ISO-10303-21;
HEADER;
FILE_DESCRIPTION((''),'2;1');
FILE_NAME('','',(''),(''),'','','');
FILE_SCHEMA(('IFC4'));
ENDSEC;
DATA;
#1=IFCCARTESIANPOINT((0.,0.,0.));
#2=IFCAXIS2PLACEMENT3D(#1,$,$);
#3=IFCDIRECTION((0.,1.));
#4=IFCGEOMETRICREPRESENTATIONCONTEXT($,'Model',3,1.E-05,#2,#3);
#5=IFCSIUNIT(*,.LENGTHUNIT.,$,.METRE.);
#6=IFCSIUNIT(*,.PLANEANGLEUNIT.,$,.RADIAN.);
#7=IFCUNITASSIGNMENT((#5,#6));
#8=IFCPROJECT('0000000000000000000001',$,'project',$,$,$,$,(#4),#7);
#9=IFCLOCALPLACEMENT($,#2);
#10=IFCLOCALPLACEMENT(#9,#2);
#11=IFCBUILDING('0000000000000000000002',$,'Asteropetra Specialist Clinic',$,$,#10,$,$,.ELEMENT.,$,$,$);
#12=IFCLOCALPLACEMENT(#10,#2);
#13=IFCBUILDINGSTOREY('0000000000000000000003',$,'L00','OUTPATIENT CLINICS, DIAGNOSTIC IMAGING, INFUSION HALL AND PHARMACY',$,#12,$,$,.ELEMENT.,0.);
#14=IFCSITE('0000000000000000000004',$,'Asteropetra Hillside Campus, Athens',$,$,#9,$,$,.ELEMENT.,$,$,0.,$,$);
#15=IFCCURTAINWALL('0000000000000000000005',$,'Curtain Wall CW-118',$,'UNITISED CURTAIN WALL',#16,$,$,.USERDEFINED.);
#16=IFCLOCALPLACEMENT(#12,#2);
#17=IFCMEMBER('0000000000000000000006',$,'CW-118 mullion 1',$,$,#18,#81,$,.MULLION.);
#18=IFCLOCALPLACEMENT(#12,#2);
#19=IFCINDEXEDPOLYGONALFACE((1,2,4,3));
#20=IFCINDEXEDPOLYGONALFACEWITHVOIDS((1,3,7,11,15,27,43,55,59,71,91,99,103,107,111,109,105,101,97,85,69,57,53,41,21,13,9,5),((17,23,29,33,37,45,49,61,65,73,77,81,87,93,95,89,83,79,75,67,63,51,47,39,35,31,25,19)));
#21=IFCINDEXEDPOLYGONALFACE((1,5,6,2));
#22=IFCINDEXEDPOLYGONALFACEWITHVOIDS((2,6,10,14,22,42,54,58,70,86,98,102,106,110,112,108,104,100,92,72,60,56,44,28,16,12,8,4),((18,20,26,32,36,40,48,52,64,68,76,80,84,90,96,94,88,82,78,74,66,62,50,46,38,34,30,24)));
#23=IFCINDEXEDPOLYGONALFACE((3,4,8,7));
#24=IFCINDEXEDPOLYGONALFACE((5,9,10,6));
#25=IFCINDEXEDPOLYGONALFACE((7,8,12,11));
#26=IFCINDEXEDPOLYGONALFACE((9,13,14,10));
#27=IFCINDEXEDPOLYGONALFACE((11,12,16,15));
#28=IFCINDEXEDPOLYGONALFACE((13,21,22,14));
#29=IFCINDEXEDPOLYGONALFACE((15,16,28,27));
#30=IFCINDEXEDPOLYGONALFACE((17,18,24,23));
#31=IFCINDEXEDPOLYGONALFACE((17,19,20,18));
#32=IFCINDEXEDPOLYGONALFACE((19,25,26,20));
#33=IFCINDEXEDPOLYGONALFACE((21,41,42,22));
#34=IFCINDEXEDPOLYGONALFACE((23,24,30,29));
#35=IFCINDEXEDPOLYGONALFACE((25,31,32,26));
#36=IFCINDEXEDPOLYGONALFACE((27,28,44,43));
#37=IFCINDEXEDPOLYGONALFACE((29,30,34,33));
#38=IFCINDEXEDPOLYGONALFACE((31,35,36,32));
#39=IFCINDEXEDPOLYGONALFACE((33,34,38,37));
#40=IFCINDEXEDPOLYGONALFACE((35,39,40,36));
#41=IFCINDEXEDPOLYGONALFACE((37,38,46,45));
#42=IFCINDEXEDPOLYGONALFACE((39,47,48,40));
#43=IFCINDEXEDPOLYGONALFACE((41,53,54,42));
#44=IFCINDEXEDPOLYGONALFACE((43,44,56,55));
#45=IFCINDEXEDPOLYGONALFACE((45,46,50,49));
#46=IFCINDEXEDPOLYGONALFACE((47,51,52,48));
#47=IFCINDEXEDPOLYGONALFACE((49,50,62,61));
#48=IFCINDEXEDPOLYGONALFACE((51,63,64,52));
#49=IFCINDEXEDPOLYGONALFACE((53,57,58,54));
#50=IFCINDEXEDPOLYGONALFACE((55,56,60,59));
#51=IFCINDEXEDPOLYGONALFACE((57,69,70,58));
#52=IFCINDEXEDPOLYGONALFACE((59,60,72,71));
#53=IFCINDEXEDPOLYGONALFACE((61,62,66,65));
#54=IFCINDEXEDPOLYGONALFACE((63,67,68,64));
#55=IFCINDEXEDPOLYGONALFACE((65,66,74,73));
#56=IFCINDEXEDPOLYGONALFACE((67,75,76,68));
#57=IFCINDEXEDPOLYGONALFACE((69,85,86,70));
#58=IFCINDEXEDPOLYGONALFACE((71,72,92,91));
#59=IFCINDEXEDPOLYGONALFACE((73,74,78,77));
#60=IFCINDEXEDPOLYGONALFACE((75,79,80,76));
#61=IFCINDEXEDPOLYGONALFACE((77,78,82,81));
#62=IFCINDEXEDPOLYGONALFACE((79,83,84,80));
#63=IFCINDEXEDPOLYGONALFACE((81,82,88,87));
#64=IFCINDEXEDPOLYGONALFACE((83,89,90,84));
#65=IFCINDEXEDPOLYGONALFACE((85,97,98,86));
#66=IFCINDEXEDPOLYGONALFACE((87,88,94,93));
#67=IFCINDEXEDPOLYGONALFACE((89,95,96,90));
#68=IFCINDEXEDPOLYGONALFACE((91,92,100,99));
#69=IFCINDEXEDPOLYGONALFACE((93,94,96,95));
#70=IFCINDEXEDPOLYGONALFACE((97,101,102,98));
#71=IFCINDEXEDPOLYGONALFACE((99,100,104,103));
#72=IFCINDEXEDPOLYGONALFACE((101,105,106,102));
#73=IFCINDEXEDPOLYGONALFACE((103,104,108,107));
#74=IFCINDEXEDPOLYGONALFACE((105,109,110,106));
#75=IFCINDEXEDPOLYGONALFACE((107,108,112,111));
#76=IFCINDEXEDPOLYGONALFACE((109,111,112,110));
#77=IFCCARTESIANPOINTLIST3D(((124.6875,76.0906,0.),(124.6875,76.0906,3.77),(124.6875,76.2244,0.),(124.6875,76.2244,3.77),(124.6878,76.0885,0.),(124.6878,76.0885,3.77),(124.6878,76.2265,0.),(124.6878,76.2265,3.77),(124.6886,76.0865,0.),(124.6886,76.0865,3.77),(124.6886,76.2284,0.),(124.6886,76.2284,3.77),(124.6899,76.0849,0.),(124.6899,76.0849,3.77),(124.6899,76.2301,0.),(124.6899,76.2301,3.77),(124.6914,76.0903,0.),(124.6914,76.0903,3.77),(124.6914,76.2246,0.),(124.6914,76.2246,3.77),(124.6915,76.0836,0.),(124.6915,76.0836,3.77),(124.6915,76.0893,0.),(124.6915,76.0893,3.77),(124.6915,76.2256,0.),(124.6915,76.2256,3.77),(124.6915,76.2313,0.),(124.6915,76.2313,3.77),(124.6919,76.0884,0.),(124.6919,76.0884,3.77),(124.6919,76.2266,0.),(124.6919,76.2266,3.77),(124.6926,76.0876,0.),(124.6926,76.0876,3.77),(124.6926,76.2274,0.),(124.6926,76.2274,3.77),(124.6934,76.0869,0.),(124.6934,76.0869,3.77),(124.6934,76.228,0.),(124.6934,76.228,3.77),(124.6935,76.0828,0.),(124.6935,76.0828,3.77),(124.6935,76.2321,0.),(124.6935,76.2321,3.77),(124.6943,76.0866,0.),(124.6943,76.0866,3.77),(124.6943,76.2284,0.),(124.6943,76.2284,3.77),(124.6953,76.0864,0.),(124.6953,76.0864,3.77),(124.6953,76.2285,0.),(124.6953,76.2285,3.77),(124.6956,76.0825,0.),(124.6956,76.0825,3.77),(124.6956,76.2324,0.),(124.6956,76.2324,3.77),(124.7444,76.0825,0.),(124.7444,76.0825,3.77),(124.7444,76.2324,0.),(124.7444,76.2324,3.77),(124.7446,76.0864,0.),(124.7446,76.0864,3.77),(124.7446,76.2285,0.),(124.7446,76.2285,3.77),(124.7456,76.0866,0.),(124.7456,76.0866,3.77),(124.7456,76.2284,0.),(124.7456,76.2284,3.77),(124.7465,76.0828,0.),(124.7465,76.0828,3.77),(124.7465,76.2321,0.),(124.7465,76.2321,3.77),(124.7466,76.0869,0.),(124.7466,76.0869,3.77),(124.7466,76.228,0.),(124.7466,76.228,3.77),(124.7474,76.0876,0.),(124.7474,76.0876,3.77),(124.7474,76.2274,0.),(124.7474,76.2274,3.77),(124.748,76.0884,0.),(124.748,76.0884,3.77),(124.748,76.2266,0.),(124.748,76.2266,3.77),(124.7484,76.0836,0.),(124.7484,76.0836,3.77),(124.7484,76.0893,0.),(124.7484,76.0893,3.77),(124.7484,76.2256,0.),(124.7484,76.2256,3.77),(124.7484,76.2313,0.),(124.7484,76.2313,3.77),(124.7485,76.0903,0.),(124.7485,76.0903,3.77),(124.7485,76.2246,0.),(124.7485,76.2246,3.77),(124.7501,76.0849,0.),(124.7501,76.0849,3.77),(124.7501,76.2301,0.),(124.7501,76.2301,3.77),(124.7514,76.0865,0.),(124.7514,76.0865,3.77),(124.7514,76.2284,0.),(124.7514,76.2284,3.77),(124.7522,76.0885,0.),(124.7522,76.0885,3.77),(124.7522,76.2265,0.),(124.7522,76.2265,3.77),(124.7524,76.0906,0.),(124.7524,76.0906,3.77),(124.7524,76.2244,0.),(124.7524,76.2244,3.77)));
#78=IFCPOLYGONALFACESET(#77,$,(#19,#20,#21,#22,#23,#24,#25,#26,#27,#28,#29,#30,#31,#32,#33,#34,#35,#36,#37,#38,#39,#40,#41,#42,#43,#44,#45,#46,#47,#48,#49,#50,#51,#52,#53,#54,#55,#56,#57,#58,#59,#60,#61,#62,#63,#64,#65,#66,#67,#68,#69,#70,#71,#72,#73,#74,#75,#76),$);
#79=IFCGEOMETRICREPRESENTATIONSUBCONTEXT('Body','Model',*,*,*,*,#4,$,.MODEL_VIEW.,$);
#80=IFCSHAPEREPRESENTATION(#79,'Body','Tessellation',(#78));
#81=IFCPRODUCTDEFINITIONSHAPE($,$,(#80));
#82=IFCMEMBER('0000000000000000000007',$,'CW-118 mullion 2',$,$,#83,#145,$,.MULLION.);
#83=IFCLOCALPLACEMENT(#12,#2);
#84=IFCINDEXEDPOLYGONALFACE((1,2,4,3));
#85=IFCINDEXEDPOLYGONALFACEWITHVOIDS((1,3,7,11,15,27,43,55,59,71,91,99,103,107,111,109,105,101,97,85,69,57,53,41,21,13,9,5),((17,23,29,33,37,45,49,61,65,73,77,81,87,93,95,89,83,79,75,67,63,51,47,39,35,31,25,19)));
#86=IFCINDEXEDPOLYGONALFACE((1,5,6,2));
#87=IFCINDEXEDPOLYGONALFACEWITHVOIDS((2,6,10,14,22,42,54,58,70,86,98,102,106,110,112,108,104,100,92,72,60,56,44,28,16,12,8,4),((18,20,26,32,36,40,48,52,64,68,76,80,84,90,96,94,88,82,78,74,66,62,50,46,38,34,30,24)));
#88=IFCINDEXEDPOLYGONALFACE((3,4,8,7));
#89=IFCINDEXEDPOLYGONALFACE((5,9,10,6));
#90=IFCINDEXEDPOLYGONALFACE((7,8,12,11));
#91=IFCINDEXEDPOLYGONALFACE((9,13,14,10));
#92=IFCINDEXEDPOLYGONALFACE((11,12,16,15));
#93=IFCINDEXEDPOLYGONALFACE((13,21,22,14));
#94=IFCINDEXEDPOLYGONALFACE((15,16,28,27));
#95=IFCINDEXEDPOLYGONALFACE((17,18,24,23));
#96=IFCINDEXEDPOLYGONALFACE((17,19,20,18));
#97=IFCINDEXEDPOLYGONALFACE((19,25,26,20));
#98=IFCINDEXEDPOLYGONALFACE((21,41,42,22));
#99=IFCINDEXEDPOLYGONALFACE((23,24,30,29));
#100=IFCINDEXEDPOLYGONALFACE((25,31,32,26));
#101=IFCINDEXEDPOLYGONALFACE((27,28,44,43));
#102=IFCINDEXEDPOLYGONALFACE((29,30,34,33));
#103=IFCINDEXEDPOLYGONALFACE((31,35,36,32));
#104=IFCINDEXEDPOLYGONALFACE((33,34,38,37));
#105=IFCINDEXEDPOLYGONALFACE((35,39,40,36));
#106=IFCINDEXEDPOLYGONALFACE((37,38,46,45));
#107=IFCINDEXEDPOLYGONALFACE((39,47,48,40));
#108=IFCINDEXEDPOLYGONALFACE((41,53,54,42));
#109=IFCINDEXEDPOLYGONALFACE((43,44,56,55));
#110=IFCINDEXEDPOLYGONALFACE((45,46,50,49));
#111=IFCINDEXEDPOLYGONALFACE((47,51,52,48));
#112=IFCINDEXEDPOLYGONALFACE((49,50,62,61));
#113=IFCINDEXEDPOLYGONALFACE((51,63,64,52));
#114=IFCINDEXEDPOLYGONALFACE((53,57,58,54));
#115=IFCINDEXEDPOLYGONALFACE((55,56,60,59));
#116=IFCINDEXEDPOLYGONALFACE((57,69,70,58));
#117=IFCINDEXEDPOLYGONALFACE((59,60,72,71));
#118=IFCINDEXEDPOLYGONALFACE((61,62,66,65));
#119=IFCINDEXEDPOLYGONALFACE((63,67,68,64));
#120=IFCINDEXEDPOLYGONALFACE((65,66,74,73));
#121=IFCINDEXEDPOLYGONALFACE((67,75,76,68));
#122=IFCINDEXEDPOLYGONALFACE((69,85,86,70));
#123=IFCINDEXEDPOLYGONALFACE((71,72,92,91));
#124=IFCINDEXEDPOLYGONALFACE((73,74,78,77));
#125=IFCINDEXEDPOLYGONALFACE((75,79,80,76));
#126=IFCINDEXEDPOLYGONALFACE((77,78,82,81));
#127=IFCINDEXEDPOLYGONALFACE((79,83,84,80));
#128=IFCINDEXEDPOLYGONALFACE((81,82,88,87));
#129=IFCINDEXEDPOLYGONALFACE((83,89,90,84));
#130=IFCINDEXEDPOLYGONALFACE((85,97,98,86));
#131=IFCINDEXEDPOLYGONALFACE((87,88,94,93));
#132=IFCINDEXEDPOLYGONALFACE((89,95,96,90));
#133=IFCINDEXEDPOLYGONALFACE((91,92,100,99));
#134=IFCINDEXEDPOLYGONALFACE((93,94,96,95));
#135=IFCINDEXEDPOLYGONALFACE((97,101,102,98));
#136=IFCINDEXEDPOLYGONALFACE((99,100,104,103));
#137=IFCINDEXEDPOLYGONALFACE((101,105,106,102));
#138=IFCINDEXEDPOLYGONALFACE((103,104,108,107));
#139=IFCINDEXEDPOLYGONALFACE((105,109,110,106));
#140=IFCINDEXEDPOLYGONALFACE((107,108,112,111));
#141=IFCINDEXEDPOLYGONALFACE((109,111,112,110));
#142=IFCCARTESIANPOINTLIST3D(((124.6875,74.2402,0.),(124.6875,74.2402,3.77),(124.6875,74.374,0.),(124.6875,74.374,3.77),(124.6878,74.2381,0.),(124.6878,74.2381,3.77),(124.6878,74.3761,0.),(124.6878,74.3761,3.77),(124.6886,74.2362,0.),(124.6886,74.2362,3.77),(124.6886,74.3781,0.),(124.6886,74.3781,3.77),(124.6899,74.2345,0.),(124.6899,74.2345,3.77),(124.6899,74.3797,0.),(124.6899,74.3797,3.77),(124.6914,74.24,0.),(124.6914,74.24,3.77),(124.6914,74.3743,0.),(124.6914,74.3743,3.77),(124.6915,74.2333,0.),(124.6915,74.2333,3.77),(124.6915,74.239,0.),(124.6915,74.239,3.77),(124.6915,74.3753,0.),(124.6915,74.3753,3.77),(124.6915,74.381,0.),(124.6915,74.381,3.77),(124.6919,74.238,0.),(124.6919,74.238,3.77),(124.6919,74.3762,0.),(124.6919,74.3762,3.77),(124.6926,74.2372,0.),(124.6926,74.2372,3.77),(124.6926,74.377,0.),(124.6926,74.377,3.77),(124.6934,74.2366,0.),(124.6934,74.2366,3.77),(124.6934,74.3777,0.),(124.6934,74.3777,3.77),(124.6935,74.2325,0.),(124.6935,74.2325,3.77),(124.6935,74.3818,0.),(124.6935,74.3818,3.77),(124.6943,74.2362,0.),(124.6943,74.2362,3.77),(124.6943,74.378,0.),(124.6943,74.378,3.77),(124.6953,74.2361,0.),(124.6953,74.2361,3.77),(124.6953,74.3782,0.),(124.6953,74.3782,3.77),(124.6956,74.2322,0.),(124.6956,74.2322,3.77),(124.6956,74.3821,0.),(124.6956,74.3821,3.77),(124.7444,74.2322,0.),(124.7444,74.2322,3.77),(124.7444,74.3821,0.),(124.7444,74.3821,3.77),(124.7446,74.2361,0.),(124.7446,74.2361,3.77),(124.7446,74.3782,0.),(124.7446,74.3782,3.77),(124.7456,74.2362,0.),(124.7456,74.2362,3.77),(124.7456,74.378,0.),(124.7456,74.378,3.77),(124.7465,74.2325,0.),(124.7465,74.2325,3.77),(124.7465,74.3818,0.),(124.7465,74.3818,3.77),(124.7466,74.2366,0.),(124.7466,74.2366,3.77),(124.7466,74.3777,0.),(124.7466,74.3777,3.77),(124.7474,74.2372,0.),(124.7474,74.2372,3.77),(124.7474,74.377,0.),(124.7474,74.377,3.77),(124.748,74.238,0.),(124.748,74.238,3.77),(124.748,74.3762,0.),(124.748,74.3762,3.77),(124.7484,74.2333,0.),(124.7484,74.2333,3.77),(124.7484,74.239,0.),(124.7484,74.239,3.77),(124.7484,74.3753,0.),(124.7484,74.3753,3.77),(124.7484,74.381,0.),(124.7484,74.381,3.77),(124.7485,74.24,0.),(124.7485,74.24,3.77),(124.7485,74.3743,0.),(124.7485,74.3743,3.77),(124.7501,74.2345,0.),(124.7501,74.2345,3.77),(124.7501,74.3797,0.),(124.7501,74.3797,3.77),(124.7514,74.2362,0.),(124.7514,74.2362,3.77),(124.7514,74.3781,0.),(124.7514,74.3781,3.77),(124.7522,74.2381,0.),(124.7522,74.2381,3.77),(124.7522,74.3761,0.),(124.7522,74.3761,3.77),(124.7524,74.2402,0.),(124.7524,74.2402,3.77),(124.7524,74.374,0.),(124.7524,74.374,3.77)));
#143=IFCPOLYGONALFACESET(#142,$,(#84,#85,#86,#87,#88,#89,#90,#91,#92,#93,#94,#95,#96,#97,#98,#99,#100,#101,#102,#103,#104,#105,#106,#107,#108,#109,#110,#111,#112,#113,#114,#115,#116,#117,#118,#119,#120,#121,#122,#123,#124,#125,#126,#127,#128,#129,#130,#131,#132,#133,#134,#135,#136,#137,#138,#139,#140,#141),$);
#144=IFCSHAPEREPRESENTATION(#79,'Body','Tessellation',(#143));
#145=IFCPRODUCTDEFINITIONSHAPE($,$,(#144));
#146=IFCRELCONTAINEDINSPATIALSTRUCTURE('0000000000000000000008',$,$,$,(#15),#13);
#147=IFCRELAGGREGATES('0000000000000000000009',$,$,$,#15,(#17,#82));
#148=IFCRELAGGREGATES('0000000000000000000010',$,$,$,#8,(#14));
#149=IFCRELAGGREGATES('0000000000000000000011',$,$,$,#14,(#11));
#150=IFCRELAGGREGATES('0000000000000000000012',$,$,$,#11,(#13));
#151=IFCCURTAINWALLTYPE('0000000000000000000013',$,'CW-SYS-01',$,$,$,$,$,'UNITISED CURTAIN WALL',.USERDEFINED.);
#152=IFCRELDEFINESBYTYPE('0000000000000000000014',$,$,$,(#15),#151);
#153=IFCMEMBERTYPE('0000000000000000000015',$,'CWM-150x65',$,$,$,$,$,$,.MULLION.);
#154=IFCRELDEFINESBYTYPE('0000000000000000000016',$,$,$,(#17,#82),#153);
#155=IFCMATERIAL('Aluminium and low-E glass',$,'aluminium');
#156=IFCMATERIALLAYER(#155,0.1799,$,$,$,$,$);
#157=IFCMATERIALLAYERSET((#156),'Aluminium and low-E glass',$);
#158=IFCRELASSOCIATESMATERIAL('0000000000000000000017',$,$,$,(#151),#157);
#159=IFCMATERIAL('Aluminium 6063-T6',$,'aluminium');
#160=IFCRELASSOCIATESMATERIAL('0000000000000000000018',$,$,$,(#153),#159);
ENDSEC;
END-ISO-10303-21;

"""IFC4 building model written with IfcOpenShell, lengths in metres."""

from ifc_helpers import new_model, si_unit, direction, frame, origin, origin_2d, place, context, subcontext, project, spatial, hollow_rectangle, extrude, material, layer, layer_set, material_profile, profile_set, type_object, element, aggregate, save


model = new_model("IFC4")

# Units and contexts
model_context = context("Model", 3, precision=1e-05, world=origin(), true_north=direction((0.0, 1.0)))
body_context = subcontext(model_context, "Body", "Model", "MODEL_VIEW")
ifc_project = project(units=[si_unit("LENGTHUNIT", "METRE"), si_unit("PLANEANGLEUNIT", "RADIAN")], contexts=[model_context])

# Site, building, storey
site_placement = place(None, origin())
site = spatial("IfcSite", under=ifc_project, at=site_placement, Name="Asteropetra Hillside Campus, Athens", CompositionType="ELEMENT", RefElevation=0.0)
building_placement = place(site_placement, origin())
building = spatial("IfcBuilding", under=site, at=building_placement, Name="Asteropetra Specialist Clinic", CompositionType="ELEMENT")
storey_placement = place(building_placement, origin())
storey = spatial("IfcBuildingStorey", under=building, at=storey_placement, Name="L00", Description="OUTPATIENT CLINICS, DIAGNOSTIC IMAGING, INFUSION HALL AND PHARMACY", CompositionType="ELEMENT", Elevation=0.0)

# Curtain wall, members
ifc_material_1 = material(Name="Aluminium and low-E glass", Category="aluminium")
ifc_layer_1 = layer(ifc_material_1, 0.1799)
ifc_layer_set_1 = layer_set([ifc_layer_1], Name="Aluminium and low-E glass")
curtain_wall_type = type_object("IfcCurtainWallType", Name="CW-SYS-01", ElementType="UNITISED CURTAIN WALL", PredefinedType="USERDEFINED", material=ifc_layer_set_1)
curtain_wall_placement = place(storey_placement, origin())
curtain_wall = element("IfcCurtainWall", 1, at=curtain_wall_placement, inside=storey, type_object=curtain_wall_type, Name="Curtain Wall CW-118", ObjectType="UNITISED CURTAIN WALL", PredefinedType="USERDEFINED")
ifc_material_2 = material(Name="Aluminium 6063-T6", Category="aluminium")
ifc_material_profile_1 = material_profile(ifc_material_2, hollow_rectangle(XDim=0.0649, YDim=0.1499, WallThickness=0.0039, InnerFilletRadius=0.0039, OuterFilletRadius=0.0081, at=origin_2d()), Name="MUL 150x65x4.0")
ifc_profile_set_1 = profile_set([ifc_material_profile_1], Name="Aluminium 6063-T6")
member_type_1 = type_object("IfcMemberType", Name="CWM-150x65", PredefinedType="MULLION", material=ifc_profile_set_1)
member_1_placement = place(storey_placement, frame((124.72, 76.1575, 0.0), z_axis=(0.0, 0.0, 1.0), x_axis=(1.0, 0.0, 0.0)))
member_1 = element("IfcMember", 2, at=member_1_placement, type_object=member_type_1, Name="CW-118 mullion 1", PredefinedType="MULLION", context=body_context, shape_type="SweptSolid", body=[
    extrude(hollow_rectangle(XDim=0.0649, YDim=0.1499, WallThickness=0.0039, InnerFilletRadius=0.0039, OuterFilletRadius=0.0081, at=origin_2d()), origin(), (0.0, 0.0, 1.0), 3.77),
])
member_2_placement = place(storey_placement, frame((124.72, 74.3071, 0.0), z_axis=(0.0, 0.0, 1.0), x_axis=(1.0, 0.0, 0.0)))
member_2 = element("IfcMember", 3, at=member_2_placement, type_object=member_type_1, Name="CW-118 mullion 2", PredefinedType="MULLION", context=body_context, shape_type="SweptSolid", body=[
    extrude(hollow_rectangle(XDim=0.0649, YDim=0.1499, WallThickness=0.0039, InnerFilletRadius=0.0039, OuterFilletRadius=0.0081, at=origin_2d()), origin(), (0.0, 0.0, 1.0), 3.77),
])
aggregate(curtain_wall, [member_1, member_2])

save(model, "model.ifc")
